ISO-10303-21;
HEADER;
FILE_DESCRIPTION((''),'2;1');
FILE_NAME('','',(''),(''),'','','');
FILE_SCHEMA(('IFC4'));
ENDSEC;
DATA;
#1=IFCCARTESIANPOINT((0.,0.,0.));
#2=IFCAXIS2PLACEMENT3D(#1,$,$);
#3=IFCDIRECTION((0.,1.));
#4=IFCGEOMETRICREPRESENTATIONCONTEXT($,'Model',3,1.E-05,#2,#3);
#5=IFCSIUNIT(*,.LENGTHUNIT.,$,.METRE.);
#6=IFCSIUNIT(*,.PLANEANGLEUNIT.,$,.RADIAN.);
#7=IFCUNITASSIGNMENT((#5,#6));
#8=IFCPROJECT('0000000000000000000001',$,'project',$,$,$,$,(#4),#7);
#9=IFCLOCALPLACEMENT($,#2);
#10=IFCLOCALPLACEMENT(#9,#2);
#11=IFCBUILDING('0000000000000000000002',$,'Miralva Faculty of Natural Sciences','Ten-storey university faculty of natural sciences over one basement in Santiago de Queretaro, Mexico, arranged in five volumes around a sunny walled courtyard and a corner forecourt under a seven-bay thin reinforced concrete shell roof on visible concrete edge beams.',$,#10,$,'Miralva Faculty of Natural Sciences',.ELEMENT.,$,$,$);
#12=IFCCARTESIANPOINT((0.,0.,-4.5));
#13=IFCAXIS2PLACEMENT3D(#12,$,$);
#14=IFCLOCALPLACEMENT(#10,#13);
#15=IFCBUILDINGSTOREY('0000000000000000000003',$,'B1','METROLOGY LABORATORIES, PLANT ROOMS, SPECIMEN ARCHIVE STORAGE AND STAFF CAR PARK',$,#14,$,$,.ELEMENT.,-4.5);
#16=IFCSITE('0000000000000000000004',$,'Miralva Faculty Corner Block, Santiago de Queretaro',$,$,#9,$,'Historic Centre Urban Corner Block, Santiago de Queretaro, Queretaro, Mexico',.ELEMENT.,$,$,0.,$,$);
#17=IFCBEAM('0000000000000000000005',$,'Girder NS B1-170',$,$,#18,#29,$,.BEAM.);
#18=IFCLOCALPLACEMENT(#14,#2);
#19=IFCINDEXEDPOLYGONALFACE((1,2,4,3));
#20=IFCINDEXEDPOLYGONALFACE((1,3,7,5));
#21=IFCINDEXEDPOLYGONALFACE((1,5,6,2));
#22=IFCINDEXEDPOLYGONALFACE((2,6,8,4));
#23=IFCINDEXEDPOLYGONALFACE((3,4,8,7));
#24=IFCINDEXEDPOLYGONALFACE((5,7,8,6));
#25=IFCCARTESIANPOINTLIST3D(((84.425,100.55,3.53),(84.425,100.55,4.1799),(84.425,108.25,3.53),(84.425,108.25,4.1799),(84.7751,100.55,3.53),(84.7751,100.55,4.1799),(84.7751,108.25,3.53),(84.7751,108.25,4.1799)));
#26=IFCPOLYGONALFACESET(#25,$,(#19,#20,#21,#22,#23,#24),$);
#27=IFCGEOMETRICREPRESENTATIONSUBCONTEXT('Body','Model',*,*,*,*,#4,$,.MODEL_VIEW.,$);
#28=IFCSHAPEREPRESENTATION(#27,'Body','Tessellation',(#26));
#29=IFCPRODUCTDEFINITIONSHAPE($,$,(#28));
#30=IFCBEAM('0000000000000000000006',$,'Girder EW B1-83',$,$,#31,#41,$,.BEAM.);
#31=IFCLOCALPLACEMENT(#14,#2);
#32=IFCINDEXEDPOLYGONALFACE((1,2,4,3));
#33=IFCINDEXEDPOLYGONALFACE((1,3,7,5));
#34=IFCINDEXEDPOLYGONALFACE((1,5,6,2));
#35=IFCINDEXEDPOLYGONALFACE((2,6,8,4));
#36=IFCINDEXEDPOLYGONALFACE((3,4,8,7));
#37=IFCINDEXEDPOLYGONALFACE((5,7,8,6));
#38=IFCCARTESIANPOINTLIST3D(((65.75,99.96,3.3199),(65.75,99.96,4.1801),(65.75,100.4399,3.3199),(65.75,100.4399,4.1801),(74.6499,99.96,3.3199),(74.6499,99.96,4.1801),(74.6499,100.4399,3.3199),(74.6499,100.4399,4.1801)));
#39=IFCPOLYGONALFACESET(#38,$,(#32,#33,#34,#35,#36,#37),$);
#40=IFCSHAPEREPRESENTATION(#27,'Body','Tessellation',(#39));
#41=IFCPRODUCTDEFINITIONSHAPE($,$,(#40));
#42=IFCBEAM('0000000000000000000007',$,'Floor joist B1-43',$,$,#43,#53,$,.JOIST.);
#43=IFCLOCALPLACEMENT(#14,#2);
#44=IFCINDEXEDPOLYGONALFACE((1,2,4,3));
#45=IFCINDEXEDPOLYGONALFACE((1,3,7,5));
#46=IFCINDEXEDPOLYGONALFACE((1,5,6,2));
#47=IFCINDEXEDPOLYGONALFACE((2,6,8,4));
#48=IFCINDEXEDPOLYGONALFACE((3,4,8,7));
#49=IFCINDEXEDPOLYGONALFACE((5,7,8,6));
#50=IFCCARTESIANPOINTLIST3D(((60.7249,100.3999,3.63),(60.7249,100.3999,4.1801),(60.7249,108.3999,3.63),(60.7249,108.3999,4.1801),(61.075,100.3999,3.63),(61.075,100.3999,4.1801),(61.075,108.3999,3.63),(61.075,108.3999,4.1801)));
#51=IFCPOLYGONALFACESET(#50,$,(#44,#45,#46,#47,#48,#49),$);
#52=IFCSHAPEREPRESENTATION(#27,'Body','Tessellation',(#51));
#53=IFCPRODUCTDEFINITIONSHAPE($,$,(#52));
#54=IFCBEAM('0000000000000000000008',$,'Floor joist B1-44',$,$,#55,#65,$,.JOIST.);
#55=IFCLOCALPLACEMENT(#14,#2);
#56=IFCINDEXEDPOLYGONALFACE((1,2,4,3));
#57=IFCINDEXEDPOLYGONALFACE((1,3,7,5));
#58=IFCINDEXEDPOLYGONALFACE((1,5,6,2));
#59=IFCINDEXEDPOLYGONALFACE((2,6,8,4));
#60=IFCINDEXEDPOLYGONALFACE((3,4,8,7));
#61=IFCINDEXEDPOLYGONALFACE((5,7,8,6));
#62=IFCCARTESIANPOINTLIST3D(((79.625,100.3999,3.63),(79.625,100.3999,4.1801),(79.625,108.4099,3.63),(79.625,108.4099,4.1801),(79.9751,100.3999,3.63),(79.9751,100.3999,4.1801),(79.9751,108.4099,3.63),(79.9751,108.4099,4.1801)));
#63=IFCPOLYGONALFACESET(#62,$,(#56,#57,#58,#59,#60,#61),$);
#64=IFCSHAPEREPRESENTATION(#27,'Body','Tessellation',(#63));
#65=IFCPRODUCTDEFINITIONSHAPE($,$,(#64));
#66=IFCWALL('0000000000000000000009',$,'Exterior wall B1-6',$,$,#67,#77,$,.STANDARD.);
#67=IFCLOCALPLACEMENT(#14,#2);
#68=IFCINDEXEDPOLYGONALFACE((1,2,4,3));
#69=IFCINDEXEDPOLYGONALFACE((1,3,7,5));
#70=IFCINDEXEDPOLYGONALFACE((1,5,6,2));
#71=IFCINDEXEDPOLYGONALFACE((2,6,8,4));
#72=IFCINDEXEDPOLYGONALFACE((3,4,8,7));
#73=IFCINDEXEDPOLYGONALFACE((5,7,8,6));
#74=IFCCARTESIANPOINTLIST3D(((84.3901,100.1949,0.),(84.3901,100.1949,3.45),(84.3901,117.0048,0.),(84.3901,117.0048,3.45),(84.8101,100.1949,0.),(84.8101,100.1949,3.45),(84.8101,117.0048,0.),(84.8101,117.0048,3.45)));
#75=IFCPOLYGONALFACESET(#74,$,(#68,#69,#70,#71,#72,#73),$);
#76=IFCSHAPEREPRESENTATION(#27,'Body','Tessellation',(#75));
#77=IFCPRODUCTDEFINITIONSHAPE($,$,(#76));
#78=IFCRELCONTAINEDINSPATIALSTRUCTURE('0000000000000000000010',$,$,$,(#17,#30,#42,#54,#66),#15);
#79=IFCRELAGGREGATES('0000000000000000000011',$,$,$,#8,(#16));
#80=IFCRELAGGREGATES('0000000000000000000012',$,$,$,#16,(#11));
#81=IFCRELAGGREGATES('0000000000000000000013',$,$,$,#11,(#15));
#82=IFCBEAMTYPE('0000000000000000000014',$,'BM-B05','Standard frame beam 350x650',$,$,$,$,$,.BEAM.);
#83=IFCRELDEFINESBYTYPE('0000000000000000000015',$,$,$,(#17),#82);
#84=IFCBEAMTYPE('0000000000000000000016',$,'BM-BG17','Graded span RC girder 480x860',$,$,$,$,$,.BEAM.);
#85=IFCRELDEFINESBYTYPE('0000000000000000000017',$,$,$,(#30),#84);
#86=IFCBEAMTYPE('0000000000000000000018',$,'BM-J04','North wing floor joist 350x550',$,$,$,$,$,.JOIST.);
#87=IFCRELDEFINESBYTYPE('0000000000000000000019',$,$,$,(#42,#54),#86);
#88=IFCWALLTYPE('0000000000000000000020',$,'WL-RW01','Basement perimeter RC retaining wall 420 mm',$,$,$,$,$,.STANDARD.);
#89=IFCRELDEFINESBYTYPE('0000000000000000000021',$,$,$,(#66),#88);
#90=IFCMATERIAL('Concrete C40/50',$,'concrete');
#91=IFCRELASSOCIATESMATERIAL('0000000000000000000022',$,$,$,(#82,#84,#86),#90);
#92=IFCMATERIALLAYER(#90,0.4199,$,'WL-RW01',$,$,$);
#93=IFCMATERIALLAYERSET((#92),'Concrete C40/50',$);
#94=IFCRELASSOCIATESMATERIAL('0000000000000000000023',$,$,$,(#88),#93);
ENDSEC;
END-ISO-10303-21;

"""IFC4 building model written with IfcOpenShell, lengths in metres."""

from ifc_helpers import new_model, si_unit, direction, frame, frame_2d, origin, origin_2d, place, context, subcontext, project, spatial, rectangle, extrude, material, layer, layer_set, material_profile, profile_set, type_object, element, save


model = new_model("IFC4")

# Units and contexts
model_context = context("Model", 3, precision=1e-05, world=origin(), true_north=direction((0.0, 1.0)))
body_context = subcontext(model_context, "Body", "Model", "MODEL_VIEW")
ifc_project = project(units=[si_unit("LENGTHUNIT", "METRE"), si_unit("PLANEANGLEUNIT", "RADIAN")], contexts=[model_context])

# Site, building, storey
site_placement = place(None, origin())
site = spatial("IfcSite", under=ifc_project, at=site_placement, Name="Miralva Faculty Corner Block, Santiago de Queretaro", LongName="Historic Centre Urban Corner Block, Santiago de Queretaro, Queretaro, Mexico", CompositionType="ELEMENT", RefElevation=0.0)
building_placement = place(site_placement, origin())
building = spatial("IfcBuilding", under=site, at=building_placement, Name="Miralva Faculty of Natural Sciences", Description="Ten-storey university faculty of natural sciences over one basement in Santiago de Queretaro, Mexico, arranged in five volumes around a sunny walled courtyard and a corner forecourt under a seven-bay thin reinforced concrete shell roof on visible concrete edge beams.", LongName="Miralva Faculty of Natural Sciences", CompositionType="ELEMENT")
storey_placement = place(building_placement, frame((0.0, 0.0, -4.5)))
storey = spatial("IfcBuildingStorey", under=building, at=storey_placement, Name="B1", Description="METROLOGY LABORATORIES, PLANT ROOMS, SPECIMEN ARCHIVE STORAGE AND STAFF CAR PARK", CompositionType="ELEMENT", Elevation=-4.5)

# Shared definitions
ifc_material_1 = material(Name="Concrete C40/50", Category="concrete")

# Beams
ifc_material_profile_1 = material_profile(ifc_material_1, rectangle(XDim=0.3501, YDim=0.6499, at=origin_2d()), Name="RC 350x650")
ifc_profile_set_1 = profile_set([ifc_material_profile_1], Name="Concrete C40/50")
beam_type_1 = type_object("IfcBeamType", Name="BM-B05", Description="Standard frame beam 350x650", PredefinedType="BEAM", material=ifc_profile_set_1)
for number, where, z_axis, x_axis, name in (
    (1, (84.6001, 100.55, 3.855), (0.0, 1.0, 0.0), (-1.0, 0.0, 0.0), "Girder NS B1-170"),
):
    element("IfcBeam", number, at=place(storey_placement, frame(where, z_axis=z_axis, x_axis=x_axis)), inside=storey, type_object=beam_type_1, Name=name, PredefinedType="BEAM", context=body_context, shape_type="SweptSolid", body=[
        extrude(rectangle(XDim=0.3501, YDim=0.6499, at=origin_2d()), origin(), (0.0, 0.0, 1.0), 7.7),
    ])
ifc_material_profile_2 = material_profile(ifc_material_1, rectangle(XDim=0.48, YDim=0.8601, at=origin_2d()), Name="RC 480x860")
ifc_profile_set_2 = profile_set([ifc_material_profile_2], Name="Concrete C40/50")
beam_type_2 = type_object("IfcBeamType", Name="BM-BG17", Description="Graded span RC girder 480x860", PredefinedType="BEAM", material=ifc_profile_set_2)
beam_1_placement = place(storey_placement, frame((65.75, 100.2, 3.75), z_axis=(1.0, 0.0, 0.0), x_axis=(0.0, 1.0, 0.0)))
element("IfcBeam", 2, at=beam_1_placement, inside=storey, type_object=beam_type_2, Name="Girder EW B1-83", PredefinedType="BEAM", context=body_context, shape_type="SweptSolid", body=[
    extrude(rectangle(XDim=0.48, YDim=0.8601, at=origin_2d()), origin(), (0.0, 0.0, 1.0), 8.8999),
])
ifc_material_profile_3 = material_profile(ifc_material_1, rectangle(XDim=0.3501, YDim=0.55, at=origin_2d()), Name="RC 350x550")
ifc_profile_set_3 = profile_set([ifc_material_profile_3], Name="Concrete C40/50")
beam_type_3 = type_object("IfcBeamType", Name="BM-J04", Description="North wing floor joist 350x550", PredefinedType="JOIST", material=ifc_profile_set_3)
beam_2_placement = place(storey_placement, frame((60.8999, 100.3999, 3.905), z_axis=(0.0, 1.0, 0.0), x_axis=(-1.0, 0.0, 0.0)))
element("IfcBeam", 3, at=beam_2_placement, inside=storey, type_object=beam_type_3, Name="Floor joist B1-43", PredefinedType="JOIST", context=body_context, shape_type="SweptSolid", body=[
    extrude(rectangle(XDim=0.3501, YDim=0.55, at=origin_2d()), origin(), (0.0, 0.0, 1.0), 8.0),
])
beam_3_placement = place(storey_placement, frame((79.8, 100.3999, 3.905), z_axis=(0.0, 1.0, 0.0), x_axis=(-1.0, 0.0, 0.0)))
element("IfcBeam", 4, at=beam_3_placement, inside=storey, type_object=beam_type_3, Name="Floor joist B1-44", PredefinedType="JOIST", context=body_context, shape_type="SweptSolid", body=[
    extrude(rectangle(XDim=0.3501, YDim=0.55, at=origin_2d()), origin(), (0.0, 0.0, 1.0), 8.01),
])

# Wall
ifc_layer_1 = layer(ifc_material_1, 0.4199, Name="WL-RW01")
ifc_layer_set_1 = layer_set([ifc_layer_1], Name="Concrete C40/50")
wall_type = type_object("IfcWallType", Name="WL-RW01", Description="Basement perimeter RC retaining wall 420 mm", PredefinedType="STANDARD", material=ifc_layer_set_1)
wall_placement = place(storey_placement, frame((84.6001, 100.1951, 0.0), z_axis=(0.0, 0.0, 1.0), x_axis=(0.0, 1.0, 0.0)))
element("IfcWall", 5, at=wall_placement, inside=storey, type_object=wall_type, Name="Exterior wall B1-6", PredefinedType="STANDARD", context=body_context, shape_type="SweptSolid", body=[
    extrude(rectangle(XDim=16.8098, YDim=0.4199, at=frame_2d((8.4048, 0.0))), origin(), (0.0, 0.0, 1.0), 3.45),
])

save(model, "model.ifc")
